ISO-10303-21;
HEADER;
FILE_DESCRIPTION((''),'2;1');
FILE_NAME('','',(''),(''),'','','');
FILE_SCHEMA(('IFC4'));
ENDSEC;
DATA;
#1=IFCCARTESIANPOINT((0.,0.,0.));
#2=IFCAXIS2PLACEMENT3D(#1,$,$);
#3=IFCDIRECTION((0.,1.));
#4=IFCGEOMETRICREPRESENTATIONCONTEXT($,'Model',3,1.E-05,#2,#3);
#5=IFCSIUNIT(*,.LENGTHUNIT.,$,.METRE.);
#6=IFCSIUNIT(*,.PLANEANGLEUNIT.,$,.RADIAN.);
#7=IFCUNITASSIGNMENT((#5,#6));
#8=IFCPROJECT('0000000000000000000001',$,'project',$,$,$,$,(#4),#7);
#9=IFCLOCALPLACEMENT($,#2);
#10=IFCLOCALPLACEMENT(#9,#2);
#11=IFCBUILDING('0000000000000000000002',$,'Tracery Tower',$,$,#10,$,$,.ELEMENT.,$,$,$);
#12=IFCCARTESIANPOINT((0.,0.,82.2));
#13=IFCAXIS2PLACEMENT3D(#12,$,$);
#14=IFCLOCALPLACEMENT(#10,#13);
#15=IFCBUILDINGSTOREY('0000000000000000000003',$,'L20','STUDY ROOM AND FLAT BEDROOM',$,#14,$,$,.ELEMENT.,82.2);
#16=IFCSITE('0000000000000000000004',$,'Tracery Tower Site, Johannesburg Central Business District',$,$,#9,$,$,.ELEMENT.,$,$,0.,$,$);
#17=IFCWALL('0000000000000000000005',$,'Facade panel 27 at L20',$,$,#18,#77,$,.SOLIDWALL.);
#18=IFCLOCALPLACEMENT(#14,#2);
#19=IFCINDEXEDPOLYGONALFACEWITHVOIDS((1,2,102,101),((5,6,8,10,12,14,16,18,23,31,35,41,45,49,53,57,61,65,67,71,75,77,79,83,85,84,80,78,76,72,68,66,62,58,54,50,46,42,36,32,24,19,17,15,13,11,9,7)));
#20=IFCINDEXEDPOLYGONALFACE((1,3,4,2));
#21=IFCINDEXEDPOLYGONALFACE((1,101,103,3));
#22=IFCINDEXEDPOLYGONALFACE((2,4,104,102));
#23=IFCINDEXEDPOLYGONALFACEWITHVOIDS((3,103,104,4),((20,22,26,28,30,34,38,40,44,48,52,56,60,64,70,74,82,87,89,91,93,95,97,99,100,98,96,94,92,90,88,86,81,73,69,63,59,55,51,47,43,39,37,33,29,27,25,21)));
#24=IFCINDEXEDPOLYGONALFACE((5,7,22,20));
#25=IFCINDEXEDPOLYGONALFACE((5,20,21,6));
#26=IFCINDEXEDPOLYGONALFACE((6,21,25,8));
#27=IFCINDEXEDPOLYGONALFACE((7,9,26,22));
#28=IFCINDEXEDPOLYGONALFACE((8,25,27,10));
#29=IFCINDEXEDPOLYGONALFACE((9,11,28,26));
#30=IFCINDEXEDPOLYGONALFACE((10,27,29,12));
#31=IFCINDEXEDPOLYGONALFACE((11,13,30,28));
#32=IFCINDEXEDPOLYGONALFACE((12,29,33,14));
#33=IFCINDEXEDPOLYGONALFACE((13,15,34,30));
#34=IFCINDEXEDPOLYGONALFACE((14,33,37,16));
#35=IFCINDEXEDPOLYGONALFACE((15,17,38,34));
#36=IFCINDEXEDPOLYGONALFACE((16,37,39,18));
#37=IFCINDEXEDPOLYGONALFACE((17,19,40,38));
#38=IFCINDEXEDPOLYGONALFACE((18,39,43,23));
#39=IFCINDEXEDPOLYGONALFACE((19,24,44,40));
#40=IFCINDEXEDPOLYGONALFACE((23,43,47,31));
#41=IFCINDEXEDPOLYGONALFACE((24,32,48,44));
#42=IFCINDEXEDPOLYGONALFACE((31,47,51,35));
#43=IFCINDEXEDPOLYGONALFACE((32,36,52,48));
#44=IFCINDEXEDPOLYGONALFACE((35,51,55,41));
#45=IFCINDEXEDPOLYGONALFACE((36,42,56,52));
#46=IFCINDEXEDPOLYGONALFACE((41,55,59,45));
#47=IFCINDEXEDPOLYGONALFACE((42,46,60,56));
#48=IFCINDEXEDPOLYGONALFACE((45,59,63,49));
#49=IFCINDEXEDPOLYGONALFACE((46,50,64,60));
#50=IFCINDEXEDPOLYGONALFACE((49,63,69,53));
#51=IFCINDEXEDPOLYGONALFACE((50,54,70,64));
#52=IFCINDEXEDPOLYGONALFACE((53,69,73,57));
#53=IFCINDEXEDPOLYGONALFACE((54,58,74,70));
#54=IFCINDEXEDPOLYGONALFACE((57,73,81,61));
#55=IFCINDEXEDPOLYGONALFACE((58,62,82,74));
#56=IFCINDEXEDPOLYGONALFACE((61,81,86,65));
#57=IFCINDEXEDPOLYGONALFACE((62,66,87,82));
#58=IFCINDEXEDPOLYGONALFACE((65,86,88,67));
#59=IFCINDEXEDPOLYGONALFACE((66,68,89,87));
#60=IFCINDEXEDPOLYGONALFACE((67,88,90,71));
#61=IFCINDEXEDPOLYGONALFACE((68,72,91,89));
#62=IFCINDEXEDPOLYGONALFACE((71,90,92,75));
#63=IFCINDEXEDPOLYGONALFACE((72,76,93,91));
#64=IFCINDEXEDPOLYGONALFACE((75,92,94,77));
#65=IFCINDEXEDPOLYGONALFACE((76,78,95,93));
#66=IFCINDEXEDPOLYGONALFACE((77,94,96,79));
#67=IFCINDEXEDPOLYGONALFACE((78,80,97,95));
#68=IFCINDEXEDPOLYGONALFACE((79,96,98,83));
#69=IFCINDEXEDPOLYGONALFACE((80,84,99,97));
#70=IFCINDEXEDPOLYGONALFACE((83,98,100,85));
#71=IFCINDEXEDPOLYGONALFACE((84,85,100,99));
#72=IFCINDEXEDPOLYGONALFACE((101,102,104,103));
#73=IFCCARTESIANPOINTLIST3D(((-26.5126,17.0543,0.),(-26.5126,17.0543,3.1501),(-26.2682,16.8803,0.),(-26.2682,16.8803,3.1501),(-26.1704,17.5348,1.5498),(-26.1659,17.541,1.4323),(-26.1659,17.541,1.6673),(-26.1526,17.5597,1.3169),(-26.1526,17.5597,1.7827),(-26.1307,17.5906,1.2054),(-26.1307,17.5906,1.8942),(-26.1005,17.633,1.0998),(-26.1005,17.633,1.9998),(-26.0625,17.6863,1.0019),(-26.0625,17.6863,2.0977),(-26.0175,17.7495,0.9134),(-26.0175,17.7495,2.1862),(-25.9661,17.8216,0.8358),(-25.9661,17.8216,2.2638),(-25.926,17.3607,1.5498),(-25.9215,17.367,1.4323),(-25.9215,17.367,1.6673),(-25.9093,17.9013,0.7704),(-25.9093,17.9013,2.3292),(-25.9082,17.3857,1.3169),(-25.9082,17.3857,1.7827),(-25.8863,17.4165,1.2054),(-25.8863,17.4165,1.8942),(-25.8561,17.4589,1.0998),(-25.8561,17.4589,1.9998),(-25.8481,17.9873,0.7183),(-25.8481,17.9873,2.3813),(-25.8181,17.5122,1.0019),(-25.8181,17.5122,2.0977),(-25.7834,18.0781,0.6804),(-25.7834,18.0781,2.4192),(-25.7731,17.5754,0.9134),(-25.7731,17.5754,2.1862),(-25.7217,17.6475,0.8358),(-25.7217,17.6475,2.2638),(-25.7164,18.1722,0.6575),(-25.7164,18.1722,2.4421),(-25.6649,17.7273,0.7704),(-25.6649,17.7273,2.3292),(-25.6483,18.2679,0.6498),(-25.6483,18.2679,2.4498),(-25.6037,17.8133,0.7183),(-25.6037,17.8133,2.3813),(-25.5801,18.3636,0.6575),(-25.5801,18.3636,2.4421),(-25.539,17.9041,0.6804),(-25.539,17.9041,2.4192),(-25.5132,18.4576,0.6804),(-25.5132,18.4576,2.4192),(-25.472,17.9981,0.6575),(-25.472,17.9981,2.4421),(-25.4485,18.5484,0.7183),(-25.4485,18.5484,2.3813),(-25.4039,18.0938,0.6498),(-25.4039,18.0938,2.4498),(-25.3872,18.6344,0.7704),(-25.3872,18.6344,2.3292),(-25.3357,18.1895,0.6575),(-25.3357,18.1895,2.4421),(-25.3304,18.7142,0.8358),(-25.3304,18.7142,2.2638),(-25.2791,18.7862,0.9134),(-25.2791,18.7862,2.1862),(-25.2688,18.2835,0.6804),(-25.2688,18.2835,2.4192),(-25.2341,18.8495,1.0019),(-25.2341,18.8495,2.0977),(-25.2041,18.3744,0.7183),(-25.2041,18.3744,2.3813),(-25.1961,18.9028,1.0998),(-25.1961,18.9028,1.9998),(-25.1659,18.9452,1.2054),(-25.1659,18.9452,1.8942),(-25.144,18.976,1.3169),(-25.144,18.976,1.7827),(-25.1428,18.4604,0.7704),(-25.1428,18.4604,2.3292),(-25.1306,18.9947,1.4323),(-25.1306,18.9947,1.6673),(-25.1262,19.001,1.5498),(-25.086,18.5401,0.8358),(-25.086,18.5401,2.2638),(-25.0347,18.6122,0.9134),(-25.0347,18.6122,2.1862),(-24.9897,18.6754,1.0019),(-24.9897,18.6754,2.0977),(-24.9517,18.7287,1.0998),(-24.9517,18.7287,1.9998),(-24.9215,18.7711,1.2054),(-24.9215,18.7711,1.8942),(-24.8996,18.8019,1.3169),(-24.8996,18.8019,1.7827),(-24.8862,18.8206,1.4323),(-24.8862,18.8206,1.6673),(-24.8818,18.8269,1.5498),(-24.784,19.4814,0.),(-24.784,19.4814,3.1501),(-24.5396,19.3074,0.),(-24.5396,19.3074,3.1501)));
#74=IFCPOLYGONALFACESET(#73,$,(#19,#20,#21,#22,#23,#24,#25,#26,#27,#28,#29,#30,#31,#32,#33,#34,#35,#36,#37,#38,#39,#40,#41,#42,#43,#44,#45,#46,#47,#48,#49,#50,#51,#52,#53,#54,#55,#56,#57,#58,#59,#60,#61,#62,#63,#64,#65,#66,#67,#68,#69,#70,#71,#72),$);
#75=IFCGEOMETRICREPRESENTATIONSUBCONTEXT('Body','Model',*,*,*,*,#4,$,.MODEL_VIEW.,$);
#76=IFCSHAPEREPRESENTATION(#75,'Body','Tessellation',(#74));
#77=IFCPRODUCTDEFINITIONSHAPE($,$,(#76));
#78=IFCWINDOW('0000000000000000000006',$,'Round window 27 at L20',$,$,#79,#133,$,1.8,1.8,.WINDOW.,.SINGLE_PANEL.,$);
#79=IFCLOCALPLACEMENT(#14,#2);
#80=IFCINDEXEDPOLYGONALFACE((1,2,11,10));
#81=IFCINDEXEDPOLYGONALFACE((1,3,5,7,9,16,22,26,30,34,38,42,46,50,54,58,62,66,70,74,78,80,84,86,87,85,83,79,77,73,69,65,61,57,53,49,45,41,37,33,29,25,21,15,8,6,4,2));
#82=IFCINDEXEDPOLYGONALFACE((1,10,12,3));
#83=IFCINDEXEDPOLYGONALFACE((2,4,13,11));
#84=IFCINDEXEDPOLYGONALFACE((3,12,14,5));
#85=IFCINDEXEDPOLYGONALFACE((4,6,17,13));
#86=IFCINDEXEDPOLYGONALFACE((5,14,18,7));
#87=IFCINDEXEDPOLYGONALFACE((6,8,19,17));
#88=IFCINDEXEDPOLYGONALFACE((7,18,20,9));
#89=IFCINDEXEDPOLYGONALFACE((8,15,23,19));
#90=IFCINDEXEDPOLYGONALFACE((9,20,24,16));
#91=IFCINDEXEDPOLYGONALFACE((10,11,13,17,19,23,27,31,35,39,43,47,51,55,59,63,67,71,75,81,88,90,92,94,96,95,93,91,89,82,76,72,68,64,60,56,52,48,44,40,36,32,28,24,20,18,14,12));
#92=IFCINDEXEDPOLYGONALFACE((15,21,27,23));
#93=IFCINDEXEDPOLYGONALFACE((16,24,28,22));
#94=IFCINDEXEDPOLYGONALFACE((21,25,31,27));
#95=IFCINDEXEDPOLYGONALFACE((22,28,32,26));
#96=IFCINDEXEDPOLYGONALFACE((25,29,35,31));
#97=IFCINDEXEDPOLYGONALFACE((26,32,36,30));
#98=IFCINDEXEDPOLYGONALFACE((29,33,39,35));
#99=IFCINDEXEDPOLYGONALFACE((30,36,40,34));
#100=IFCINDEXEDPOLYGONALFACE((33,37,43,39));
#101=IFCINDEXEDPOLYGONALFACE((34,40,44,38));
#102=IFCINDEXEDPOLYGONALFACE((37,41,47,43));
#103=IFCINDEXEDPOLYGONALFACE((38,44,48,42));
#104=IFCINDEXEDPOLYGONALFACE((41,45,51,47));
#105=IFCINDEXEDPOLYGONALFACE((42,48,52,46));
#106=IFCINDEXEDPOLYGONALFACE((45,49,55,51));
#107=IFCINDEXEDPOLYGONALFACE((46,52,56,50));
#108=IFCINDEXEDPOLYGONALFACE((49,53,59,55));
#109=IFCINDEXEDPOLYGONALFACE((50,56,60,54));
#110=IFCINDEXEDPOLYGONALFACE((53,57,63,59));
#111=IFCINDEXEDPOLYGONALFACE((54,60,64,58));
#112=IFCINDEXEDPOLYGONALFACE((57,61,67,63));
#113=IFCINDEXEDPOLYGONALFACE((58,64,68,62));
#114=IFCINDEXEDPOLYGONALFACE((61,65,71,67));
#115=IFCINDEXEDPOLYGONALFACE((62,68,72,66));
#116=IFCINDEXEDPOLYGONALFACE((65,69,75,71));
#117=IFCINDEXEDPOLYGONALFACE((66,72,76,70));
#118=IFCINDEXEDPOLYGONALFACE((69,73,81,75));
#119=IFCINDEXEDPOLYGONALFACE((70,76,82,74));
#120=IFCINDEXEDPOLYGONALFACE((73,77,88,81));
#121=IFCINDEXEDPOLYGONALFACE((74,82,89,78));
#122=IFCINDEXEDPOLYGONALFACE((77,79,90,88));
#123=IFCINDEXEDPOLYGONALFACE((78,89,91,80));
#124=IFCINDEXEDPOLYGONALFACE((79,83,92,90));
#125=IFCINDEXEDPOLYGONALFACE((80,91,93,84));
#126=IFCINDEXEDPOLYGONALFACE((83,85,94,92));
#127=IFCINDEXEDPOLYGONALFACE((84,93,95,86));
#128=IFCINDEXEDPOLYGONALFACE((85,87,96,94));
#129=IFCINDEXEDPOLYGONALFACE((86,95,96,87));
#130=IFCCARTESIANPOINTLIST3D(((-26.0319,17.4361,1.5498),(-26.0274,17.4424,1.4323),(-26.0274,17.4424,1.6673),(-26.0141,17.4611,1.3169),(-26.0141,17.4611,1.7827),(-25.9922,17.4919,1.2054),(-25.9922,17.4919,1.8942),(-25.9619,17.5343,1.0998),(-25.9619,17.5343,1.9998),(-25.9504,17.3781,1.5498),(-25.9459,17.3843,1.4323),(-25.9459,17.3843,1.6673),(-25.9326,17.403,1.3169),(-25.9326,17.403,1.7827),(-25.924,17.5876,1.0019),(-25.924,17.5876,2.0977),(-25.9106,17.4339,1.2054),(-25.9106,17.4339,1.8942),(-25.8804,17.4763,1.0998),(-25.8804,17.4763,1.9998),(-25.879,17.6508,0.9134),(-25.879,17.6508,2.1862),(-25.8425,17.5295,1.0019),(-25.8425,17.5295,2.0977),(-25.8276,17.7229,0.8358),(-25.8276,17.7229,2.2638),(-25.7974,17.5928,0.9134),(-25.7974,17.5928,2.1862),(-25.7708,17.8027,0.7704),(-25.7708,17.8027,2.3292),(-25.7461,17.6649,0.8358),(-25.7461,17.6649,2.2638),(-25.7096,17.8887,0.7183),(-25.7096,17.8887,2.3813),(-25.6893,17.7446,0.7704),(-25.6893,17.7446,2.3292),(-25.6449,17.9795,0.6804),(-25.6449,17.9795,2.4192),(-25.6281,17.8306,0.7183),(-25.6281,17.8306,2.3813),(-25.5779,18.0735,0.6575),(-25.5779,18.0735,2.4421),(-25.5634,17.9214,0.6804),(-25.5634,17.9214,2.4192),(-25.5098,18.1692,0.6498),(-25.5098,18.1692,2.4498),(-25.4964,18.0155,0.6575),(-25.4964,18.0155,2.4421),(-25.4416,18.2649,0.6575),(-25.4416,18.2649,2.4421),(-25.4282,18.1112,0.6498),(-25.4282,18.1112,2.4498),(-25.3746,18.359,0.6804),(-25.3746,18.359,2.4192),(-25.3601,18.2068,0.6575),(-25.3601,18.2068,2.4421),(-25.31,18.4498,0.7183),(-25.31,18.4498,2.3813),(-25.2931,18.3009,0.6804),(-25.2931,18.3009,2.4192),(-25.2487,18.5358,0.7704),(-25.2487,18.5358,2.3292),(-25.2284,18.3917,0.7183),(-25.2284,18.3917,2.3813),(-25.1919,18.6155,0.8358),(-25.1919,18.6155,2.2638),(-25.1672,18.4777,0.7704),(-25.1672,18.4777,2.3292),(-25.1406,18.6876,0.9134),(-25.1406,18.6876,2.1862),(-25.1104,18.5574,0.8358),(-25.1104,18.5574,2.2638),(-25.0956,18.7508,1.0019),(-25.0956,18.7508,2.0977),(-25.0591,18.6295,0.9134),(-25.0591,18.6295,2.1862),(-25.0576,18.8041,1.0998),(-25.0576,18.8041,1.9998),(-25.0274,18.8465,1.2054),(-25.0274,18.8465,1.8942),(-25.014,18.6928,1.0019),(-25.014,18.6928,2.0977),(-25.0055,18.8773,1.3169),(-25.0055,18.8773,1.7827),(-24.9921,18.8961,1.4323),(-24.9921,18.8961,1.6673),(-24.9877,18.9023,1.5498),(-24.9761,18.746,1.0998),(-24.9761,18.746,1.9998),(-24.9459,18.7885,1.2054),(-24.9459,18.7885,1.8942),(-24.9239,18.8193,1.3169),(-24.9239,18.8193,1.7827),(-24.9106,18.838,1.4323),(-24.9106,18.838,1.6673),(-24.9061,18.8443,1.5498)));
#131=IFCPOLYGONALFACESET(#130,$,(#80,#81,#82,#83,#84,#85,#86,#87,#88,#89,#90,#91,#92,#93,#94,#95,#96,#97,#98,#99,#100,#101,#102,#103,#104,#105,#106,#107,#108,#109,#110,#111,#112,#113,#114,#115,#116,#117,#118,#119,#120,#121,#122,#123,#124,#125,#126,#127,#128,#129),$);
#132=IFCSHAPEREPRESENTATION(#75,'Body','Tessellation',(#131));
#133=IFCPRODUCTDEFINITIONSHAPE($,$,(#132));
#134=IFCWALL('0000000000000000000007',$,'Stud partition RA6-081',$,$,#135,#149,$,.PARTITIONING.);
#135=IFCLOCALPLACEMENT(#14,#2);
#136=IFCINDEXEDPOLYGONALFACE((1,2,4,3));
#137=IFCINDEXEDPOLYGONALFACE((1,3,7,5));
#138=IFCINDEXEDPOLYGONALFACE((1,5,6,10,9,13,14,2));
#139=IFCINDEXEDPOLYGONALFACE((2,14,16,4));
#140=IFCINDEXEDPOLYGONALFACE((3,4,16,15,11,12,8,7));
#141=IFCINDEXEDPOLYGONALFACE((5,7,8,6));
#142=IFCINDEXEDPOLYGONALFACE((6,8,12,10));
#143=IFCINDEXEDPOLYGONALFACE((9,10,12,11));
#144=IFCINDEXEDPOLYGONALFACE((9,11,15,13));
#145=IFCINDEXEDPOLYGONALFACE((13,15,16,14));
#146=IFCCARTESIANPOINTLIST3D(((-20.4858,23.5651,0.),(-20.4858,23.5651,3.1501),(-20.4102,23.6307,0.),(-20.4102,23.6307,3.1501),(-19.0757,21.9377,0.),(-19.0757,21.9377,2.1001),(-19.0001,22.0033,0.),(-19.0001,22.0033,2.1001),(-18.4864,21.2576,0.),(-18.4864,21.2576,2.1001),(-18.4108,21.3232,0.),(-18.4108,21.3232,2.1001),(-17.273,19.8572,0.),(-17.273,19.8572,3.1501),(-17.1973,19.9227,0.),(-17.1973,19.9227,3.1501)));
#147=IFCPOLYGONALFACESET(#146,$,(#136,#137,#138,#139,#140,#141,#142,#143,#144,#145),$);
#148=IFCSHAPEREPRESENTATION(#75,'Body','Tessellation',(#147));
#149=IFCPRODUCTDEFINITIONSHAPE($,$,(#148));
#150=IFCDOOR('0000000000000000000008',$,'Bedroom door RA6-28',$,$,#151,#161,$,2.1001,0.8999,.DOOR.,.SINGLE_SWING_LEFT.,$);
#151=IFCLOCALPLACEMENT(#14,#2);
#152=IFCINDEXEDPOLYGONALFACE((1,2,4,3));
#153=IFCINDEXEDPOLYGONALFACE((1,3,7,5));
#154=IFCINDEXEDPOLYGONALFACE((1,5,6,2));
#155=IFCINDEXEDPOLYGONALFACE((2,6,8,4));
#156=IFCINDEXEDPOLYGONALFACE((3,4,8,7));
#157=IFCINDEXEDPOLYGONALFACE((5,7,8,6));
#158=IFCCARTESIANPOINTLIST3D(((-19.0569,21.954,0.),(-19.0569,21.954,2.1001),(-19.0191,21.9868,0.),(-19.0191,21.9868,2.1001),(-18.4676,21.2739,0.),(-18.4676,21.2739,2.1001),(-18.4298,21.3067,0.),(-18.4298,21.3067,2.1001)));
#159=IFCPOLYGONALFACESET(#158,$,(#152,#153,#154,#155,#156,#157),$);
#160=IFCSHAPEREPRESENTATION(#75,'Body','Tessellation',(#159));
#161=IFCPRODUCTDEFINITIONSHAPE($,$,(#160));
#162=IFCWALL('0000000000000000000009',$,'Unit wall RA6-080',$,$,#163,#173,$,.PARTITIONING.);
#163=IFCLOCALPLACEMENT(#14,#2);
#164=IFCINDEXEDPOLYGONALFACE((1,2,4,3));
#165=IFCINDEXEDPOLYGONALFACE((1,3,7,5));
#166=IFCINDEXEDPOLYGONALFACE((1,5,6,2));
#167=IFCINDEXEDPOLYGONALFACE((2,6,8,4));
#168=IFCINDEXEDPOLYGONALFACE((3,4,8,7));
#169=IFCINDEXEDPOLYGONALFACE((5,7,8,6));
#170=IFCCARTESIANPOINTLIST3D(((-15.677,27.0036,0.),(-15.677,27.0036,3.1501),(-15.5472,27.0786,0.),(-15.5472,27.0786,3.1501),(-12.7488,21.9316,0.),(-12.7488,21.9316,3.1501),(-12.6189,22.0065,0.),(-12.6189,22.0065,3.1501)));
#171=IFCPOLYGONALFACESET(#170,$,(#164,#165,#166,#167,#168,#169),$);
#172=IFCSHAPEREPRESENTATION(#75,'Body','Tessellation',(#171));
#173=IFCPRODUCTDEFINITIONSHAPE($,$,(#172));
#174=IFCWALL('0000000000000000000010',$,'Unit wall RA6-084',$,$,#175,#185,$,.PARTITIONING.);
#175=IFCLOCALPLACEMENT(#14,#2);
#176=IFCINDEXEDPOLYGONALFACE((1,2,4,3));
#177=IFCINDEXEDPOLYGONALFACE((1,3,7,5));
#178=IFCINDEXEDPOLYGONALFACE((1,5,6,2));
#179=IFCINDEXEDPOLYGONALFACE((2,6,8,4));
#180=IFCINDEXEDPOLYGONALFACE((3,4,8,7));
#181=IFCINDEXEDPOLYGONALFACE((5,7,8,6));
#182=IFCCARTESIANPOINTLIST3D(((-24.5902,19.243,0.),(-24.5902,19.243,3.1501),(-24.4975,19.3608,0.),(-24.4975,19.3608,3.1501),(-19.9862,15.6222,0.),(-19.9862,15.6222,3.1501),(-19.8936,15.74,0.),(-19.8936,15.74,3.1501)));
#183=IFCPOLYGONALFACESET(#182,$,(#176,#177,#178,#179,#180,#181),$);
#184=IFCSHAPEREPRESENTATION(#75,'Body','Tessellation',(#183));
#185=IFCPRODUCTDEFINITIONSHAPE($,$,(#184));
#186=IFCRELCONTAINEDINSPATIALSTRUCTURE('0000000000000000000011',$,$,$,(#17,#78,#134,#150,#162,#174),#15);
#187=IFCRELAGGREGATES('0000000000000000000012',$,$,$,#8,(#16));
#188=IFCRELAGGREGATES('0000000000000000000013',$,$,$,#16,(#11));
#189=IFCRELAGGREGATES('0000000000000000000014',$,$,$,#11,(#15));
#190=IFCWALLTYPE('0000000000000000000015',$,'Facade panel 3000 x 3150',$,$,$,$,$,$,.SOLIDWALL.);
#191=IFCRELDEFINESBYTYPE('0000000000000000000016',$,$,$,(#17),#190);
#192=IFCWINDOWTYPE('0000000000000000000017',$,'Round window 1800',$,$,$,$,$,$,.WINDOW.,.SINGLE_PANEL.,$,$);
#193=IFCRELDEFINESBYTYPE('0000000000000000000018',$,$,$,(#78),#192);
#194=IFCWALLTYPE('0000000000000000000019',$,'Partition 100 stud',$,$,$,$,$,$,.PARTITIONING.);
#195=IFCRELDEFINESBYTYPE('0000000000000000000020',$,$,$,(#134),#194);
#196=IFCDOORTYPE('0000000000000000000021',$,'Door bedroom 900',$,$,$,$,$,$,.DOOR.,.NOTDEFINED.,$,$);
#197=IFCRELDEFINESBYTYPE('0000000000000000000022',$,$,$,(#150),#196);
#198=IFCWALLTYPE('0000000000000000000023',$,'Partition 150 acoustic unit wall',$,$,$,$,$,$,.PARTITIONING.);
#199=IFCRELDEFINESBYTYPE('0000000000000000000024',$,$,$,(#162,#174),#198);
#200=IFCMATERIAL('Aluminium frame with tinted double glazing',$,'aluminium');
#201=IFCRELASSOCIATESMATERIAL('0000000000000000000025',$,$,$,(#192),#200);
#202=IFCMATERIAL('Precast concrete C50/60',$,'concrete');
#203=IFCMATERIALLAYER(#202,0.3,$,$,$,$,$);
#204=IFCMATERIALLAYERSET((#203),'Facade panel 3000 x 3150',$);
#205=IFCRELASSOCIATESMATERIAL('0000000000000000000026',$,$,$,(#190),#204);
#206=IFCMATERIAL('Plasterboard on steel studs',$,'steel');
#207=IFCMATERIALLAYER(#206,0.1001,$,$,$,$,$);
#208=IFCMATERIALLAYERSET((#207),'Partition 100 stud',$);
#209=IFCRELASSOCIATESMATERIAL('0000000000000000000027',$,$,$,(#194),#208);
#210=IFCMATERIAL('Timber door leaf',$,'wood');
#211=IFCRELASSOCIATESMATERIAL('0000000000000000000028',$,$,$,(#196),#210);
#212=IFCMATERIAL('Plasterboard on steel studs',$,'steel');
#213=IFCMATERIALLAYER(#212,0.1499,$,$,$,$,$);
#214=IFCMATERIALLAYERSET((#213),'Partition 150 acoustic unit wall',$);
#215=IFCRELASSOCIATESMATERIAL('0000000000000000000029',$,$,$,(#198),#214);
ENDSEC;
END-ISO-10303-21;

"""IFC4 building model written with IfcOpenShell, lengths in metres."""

from ifc_helpers import new_model, si_unit, direction, frame, frame_2d, origin, origin_2d, place, context, subcontext, project, spatial, rectangle, circle, extrude, material, layer, layer_set, type_object, element, fill, save


model = new_model("IFC4")

# Units and contexts
model_context = context("Model", 3, precision=1e-05, world=origin(), true_north=direction((0.0, 1.0)))
body_context = subcontext(model_context, "Body", "Model", "MODEL_VIEW")
ifc_project = project(units=[si_unit("LENGTHUNIT", "METRE"), si_unit("PLANEANGLEUNIT", "RADIAN")], contexts=[model_context])

# Site, building, storey
site_placement = place(None, origin())
site = spatial("IfcSite", under=ifc_project, at=site_placement, Name="Tracery Tower Site, Johannesburg Central Business District", CompositionType="ELEMENT", RefElevation=0.0)
building_placement = place(site_placement, origin())
building = spatial("IfcBuilding", under=site, at=building_placement, Name="Tracery Tower", CompositionType="ELEMENT")
storey_placement = place(building_placement, frame((0.0, 0.0, 82.2)))
storey = spatial("IfcBuildingStorey", under=building, at=storey_placement, Name="L20", Description="STUDY ROOM AND FLAT BEDROOM", CompositionType="ELEMENT", Elevation=82.2)

# Wall, opening, window
ifc_material_1 = material(Name="Aluminium frame with tinted double glazing", Category="aluminium")
window_type = type_object("IfcWindowType", Name="Round window 1800", PartitioningType="SINGLE_PANEL", PredefinedType="WINDOW", material=ifc_material_1)
ifc_material_2 = material(Name="Precast concrete C50/60", Category="concrete")
ifc_layer_1 = layer(ifc_material_2, 0.3)
ifc_layer_set_1 = layer_set([ifc_layer_1], Name="Facade panel 3000 x 3150")
wall_type_1 = type_object("IfcWallType", Name="Facade panel 3000 x 3150", PredefinedType="SOLIDWALL", material=ifc_layer_set_1)
wall_1_placement = place(storey_placement, frame((-24.6619, 19.3943, 0.0), z_axis=(0.0, 0.0, 1.0), x_axis=(-0.580114, -0.814535, 0.0)))
wall_1 = element("IfcWall", 1, at=wall_1_placement, inside=storey, type_object=wall_type_1, Name="Facade panel 27 at L20", PredefinedType="SOLIDWALL", context=body_context, shape_type="SweptSolid", body=[
    extrude(rectangle(XDim=2.9797, YDim=0.3, at=frame_2d((1.4897, 0.0))), origin(), (0.0, 0.0, 1.0), 3.1501),
])
opening_1_placement = place(wall_1_placement, frame((1.4897, 0.0, 1.5498)))
opening_1 = element("IfcOpeningElement", 2, at=opening_1_placement, cuts=wall_1, PredefinedType="OPENING", context=body_context, shape_type="SweptSolid", body=[
    extrude(circle(Radius=0.9, at=origin_2d()), frame((0.0, 0.1599, 0.0), z_axis=(0.0, -1.0, 0.0), x_axis=(1.0, 0.0, 0.0)), (0.0, 0.0, 1.0), 0.3201),
])
window_1_placement = place(opening_1_placement, origin())
window_1 = element("IfcWindow", 3, at=window_1_placement, inside=storey, type_object=window_type, Name="Round window 27 at L20", OverallHeight=1.8, OverallWidth=1.8, PartitioningType="SINGLE_PANEL", PredefinedType="WINDOW", context=body_context, shape_type="SweptSolid", body=[
    extrude(circle(Radius=0.9, at=origin_2d()), frame((0.0, 0.1201, 0.0), z_axis=(0.0, -1.0, 0.0), x_axis=(1.0, 0.0, 0.0)), (0.0, 0.0, 1.0), 0.1001),
])
fill(opening_1, window_1)

# Wall, opening, door
ifc_material_3 = material(Name="Plasterboard on steel studs", Category="steel")
ifc_layer_2 = layer(ifc_material_3, 0.1001)
ifc_layer_set_2 = layer_set([ifc_layer_2], Name="Partition 100 stud")
wall_type_2 = type_object("IfcWallType", Name="Partition 100 stud", PredefinedType="PARTITIONING", material=ifc_layer_set_2)
wall_2_placement = place(storey_placement, frame((-20.448, 23.5979, 0.0), z_axis=(0.0, 0.0, 1.0), x_axis=(0.654847, -0.755761, 0.0)))
wall_2 = element("IfcWall", 4, at=wall_2_placement, inside=storey, type_object=wall_type_2, Name="Stud partition RA6-081", PredefinedType="PARTITIONING", context=body_context, shape_type="SweptSolid", body=[
    extrude(rectangle(XDim=4.9062, YDim=0.1001, at=frame_2d((2.4531, 0.0))), origin(), (0.0, 0.0, 1.0), 3.1501),
])
opening_2_placement = place(wall_2_placement, frame((2.1533, 0.0, 0.0)))
opening_2 = element("IfcOpeningElement", 5, at=opening_2_placement, cuts=wall_2, PredefinedType="OPENING", context=body_context, shape_type="SweptSolid", body=[
    extrude(rectangle(XDim=0.8999, YDim=2.1001, at=frame_2d((0.45, 1.05))), frame((0.0, 0.05, 0.0), z_axis=(0.0, -1.0, 0.0), x_axis=(1.0, 0.0, 0.0)), (0.0, 0.0, 1.0), 0.1001),
])
ifc_material_4 = material(Name="Timber door leaf", Category="wood")
door_type_1 = type_object("IfcDoorType", Name="Door bedroom 900", OperationType="NOTDEFINED", PredefinedType="DOOR", material=ifc_material_4)
door_1_placement = place(opening_2_placement, origin())
door_1 = element("IfcDoor", 6, at=door_1_placement, inside=storey, type_object=door_type_1, Name="Bedroom door RA6-28", OperationType="SINGLE_SWING_LEFT", OverallHeight=2.1001, OverallWidth=0.8999, PredefinedType="DOOR", context=body_context, shape_type="SweptSolid", body=[
    extrude(rectangle(XDim=0.8999, YDim=2.1001, at=frame_2d((0.45, 1.05))), frame((0.0, 0.0249, 0.0), z_axis=(0.0, -1.0, 0.0), x_axis=(1.0, 0.0, 0.0)), (0.0, 0.0, 1.0), 0.05),
])
fill(opening_2, door_1)

# Walls
ifc_material_5 = material(Name="Plasterboard on steel studs", Category="steel")
ifc_layer_3 = layer(ifc_material_5, 0.1499)
ifc_layer_set_3 = layer_set([ifc_layer_3], Name="Partition 150 acoustic unit wall")
wall_type_3 = type_object("IfcWallType", Name="Partition 150 acoustic unit wall", PredefinedType="PARTITIONING", material=ifc_layer_set_3)
wall_3_placement = place(storey_placement, frame((-15.6121, 27.041, 0.0), z_axis=(0.0, 0.0, 1.0), x_axis=(0.499986, -0.866034, 0.0)))
element("IfcWall", 7, at=wall_3_placement, inside=storey, type_object=wall_type_3, Name="Unit wall RA6-080", PredefinedType="PARTITIONING", context=body_context, shape_type="SweptSolid", body=[
    extrude(rectangle(XDim=5.8567, YDim=0.1499, at=frame_2d((2.9282, 0.0))), origin(), (0.0, 0.0, 1.0), 3.1501),
])
wall_4_placement = place(storey_placement, frame((-24.5439, 19.302, 0.0), z_axis=(0.0, 0.0, 1.0), x_axis=(0.786035, -0.618182, 0.0)))
element("IfcWall", 8, at=wall_4_placement, inside=storey, type_object=wall_type_3, Name="Unit wall RA6-084", PredefinedType="PARTITIONING", context=body_context, shape_type="SweptSolid", body=[
    extrude(rectangle(XDim=5.8572, YDim=0.1499, at=frame_2d((2.9287, 0.0))), origin(), (0.0, 0.0, 1.0), 3.1501),
])

save(model, "model.ifc")
